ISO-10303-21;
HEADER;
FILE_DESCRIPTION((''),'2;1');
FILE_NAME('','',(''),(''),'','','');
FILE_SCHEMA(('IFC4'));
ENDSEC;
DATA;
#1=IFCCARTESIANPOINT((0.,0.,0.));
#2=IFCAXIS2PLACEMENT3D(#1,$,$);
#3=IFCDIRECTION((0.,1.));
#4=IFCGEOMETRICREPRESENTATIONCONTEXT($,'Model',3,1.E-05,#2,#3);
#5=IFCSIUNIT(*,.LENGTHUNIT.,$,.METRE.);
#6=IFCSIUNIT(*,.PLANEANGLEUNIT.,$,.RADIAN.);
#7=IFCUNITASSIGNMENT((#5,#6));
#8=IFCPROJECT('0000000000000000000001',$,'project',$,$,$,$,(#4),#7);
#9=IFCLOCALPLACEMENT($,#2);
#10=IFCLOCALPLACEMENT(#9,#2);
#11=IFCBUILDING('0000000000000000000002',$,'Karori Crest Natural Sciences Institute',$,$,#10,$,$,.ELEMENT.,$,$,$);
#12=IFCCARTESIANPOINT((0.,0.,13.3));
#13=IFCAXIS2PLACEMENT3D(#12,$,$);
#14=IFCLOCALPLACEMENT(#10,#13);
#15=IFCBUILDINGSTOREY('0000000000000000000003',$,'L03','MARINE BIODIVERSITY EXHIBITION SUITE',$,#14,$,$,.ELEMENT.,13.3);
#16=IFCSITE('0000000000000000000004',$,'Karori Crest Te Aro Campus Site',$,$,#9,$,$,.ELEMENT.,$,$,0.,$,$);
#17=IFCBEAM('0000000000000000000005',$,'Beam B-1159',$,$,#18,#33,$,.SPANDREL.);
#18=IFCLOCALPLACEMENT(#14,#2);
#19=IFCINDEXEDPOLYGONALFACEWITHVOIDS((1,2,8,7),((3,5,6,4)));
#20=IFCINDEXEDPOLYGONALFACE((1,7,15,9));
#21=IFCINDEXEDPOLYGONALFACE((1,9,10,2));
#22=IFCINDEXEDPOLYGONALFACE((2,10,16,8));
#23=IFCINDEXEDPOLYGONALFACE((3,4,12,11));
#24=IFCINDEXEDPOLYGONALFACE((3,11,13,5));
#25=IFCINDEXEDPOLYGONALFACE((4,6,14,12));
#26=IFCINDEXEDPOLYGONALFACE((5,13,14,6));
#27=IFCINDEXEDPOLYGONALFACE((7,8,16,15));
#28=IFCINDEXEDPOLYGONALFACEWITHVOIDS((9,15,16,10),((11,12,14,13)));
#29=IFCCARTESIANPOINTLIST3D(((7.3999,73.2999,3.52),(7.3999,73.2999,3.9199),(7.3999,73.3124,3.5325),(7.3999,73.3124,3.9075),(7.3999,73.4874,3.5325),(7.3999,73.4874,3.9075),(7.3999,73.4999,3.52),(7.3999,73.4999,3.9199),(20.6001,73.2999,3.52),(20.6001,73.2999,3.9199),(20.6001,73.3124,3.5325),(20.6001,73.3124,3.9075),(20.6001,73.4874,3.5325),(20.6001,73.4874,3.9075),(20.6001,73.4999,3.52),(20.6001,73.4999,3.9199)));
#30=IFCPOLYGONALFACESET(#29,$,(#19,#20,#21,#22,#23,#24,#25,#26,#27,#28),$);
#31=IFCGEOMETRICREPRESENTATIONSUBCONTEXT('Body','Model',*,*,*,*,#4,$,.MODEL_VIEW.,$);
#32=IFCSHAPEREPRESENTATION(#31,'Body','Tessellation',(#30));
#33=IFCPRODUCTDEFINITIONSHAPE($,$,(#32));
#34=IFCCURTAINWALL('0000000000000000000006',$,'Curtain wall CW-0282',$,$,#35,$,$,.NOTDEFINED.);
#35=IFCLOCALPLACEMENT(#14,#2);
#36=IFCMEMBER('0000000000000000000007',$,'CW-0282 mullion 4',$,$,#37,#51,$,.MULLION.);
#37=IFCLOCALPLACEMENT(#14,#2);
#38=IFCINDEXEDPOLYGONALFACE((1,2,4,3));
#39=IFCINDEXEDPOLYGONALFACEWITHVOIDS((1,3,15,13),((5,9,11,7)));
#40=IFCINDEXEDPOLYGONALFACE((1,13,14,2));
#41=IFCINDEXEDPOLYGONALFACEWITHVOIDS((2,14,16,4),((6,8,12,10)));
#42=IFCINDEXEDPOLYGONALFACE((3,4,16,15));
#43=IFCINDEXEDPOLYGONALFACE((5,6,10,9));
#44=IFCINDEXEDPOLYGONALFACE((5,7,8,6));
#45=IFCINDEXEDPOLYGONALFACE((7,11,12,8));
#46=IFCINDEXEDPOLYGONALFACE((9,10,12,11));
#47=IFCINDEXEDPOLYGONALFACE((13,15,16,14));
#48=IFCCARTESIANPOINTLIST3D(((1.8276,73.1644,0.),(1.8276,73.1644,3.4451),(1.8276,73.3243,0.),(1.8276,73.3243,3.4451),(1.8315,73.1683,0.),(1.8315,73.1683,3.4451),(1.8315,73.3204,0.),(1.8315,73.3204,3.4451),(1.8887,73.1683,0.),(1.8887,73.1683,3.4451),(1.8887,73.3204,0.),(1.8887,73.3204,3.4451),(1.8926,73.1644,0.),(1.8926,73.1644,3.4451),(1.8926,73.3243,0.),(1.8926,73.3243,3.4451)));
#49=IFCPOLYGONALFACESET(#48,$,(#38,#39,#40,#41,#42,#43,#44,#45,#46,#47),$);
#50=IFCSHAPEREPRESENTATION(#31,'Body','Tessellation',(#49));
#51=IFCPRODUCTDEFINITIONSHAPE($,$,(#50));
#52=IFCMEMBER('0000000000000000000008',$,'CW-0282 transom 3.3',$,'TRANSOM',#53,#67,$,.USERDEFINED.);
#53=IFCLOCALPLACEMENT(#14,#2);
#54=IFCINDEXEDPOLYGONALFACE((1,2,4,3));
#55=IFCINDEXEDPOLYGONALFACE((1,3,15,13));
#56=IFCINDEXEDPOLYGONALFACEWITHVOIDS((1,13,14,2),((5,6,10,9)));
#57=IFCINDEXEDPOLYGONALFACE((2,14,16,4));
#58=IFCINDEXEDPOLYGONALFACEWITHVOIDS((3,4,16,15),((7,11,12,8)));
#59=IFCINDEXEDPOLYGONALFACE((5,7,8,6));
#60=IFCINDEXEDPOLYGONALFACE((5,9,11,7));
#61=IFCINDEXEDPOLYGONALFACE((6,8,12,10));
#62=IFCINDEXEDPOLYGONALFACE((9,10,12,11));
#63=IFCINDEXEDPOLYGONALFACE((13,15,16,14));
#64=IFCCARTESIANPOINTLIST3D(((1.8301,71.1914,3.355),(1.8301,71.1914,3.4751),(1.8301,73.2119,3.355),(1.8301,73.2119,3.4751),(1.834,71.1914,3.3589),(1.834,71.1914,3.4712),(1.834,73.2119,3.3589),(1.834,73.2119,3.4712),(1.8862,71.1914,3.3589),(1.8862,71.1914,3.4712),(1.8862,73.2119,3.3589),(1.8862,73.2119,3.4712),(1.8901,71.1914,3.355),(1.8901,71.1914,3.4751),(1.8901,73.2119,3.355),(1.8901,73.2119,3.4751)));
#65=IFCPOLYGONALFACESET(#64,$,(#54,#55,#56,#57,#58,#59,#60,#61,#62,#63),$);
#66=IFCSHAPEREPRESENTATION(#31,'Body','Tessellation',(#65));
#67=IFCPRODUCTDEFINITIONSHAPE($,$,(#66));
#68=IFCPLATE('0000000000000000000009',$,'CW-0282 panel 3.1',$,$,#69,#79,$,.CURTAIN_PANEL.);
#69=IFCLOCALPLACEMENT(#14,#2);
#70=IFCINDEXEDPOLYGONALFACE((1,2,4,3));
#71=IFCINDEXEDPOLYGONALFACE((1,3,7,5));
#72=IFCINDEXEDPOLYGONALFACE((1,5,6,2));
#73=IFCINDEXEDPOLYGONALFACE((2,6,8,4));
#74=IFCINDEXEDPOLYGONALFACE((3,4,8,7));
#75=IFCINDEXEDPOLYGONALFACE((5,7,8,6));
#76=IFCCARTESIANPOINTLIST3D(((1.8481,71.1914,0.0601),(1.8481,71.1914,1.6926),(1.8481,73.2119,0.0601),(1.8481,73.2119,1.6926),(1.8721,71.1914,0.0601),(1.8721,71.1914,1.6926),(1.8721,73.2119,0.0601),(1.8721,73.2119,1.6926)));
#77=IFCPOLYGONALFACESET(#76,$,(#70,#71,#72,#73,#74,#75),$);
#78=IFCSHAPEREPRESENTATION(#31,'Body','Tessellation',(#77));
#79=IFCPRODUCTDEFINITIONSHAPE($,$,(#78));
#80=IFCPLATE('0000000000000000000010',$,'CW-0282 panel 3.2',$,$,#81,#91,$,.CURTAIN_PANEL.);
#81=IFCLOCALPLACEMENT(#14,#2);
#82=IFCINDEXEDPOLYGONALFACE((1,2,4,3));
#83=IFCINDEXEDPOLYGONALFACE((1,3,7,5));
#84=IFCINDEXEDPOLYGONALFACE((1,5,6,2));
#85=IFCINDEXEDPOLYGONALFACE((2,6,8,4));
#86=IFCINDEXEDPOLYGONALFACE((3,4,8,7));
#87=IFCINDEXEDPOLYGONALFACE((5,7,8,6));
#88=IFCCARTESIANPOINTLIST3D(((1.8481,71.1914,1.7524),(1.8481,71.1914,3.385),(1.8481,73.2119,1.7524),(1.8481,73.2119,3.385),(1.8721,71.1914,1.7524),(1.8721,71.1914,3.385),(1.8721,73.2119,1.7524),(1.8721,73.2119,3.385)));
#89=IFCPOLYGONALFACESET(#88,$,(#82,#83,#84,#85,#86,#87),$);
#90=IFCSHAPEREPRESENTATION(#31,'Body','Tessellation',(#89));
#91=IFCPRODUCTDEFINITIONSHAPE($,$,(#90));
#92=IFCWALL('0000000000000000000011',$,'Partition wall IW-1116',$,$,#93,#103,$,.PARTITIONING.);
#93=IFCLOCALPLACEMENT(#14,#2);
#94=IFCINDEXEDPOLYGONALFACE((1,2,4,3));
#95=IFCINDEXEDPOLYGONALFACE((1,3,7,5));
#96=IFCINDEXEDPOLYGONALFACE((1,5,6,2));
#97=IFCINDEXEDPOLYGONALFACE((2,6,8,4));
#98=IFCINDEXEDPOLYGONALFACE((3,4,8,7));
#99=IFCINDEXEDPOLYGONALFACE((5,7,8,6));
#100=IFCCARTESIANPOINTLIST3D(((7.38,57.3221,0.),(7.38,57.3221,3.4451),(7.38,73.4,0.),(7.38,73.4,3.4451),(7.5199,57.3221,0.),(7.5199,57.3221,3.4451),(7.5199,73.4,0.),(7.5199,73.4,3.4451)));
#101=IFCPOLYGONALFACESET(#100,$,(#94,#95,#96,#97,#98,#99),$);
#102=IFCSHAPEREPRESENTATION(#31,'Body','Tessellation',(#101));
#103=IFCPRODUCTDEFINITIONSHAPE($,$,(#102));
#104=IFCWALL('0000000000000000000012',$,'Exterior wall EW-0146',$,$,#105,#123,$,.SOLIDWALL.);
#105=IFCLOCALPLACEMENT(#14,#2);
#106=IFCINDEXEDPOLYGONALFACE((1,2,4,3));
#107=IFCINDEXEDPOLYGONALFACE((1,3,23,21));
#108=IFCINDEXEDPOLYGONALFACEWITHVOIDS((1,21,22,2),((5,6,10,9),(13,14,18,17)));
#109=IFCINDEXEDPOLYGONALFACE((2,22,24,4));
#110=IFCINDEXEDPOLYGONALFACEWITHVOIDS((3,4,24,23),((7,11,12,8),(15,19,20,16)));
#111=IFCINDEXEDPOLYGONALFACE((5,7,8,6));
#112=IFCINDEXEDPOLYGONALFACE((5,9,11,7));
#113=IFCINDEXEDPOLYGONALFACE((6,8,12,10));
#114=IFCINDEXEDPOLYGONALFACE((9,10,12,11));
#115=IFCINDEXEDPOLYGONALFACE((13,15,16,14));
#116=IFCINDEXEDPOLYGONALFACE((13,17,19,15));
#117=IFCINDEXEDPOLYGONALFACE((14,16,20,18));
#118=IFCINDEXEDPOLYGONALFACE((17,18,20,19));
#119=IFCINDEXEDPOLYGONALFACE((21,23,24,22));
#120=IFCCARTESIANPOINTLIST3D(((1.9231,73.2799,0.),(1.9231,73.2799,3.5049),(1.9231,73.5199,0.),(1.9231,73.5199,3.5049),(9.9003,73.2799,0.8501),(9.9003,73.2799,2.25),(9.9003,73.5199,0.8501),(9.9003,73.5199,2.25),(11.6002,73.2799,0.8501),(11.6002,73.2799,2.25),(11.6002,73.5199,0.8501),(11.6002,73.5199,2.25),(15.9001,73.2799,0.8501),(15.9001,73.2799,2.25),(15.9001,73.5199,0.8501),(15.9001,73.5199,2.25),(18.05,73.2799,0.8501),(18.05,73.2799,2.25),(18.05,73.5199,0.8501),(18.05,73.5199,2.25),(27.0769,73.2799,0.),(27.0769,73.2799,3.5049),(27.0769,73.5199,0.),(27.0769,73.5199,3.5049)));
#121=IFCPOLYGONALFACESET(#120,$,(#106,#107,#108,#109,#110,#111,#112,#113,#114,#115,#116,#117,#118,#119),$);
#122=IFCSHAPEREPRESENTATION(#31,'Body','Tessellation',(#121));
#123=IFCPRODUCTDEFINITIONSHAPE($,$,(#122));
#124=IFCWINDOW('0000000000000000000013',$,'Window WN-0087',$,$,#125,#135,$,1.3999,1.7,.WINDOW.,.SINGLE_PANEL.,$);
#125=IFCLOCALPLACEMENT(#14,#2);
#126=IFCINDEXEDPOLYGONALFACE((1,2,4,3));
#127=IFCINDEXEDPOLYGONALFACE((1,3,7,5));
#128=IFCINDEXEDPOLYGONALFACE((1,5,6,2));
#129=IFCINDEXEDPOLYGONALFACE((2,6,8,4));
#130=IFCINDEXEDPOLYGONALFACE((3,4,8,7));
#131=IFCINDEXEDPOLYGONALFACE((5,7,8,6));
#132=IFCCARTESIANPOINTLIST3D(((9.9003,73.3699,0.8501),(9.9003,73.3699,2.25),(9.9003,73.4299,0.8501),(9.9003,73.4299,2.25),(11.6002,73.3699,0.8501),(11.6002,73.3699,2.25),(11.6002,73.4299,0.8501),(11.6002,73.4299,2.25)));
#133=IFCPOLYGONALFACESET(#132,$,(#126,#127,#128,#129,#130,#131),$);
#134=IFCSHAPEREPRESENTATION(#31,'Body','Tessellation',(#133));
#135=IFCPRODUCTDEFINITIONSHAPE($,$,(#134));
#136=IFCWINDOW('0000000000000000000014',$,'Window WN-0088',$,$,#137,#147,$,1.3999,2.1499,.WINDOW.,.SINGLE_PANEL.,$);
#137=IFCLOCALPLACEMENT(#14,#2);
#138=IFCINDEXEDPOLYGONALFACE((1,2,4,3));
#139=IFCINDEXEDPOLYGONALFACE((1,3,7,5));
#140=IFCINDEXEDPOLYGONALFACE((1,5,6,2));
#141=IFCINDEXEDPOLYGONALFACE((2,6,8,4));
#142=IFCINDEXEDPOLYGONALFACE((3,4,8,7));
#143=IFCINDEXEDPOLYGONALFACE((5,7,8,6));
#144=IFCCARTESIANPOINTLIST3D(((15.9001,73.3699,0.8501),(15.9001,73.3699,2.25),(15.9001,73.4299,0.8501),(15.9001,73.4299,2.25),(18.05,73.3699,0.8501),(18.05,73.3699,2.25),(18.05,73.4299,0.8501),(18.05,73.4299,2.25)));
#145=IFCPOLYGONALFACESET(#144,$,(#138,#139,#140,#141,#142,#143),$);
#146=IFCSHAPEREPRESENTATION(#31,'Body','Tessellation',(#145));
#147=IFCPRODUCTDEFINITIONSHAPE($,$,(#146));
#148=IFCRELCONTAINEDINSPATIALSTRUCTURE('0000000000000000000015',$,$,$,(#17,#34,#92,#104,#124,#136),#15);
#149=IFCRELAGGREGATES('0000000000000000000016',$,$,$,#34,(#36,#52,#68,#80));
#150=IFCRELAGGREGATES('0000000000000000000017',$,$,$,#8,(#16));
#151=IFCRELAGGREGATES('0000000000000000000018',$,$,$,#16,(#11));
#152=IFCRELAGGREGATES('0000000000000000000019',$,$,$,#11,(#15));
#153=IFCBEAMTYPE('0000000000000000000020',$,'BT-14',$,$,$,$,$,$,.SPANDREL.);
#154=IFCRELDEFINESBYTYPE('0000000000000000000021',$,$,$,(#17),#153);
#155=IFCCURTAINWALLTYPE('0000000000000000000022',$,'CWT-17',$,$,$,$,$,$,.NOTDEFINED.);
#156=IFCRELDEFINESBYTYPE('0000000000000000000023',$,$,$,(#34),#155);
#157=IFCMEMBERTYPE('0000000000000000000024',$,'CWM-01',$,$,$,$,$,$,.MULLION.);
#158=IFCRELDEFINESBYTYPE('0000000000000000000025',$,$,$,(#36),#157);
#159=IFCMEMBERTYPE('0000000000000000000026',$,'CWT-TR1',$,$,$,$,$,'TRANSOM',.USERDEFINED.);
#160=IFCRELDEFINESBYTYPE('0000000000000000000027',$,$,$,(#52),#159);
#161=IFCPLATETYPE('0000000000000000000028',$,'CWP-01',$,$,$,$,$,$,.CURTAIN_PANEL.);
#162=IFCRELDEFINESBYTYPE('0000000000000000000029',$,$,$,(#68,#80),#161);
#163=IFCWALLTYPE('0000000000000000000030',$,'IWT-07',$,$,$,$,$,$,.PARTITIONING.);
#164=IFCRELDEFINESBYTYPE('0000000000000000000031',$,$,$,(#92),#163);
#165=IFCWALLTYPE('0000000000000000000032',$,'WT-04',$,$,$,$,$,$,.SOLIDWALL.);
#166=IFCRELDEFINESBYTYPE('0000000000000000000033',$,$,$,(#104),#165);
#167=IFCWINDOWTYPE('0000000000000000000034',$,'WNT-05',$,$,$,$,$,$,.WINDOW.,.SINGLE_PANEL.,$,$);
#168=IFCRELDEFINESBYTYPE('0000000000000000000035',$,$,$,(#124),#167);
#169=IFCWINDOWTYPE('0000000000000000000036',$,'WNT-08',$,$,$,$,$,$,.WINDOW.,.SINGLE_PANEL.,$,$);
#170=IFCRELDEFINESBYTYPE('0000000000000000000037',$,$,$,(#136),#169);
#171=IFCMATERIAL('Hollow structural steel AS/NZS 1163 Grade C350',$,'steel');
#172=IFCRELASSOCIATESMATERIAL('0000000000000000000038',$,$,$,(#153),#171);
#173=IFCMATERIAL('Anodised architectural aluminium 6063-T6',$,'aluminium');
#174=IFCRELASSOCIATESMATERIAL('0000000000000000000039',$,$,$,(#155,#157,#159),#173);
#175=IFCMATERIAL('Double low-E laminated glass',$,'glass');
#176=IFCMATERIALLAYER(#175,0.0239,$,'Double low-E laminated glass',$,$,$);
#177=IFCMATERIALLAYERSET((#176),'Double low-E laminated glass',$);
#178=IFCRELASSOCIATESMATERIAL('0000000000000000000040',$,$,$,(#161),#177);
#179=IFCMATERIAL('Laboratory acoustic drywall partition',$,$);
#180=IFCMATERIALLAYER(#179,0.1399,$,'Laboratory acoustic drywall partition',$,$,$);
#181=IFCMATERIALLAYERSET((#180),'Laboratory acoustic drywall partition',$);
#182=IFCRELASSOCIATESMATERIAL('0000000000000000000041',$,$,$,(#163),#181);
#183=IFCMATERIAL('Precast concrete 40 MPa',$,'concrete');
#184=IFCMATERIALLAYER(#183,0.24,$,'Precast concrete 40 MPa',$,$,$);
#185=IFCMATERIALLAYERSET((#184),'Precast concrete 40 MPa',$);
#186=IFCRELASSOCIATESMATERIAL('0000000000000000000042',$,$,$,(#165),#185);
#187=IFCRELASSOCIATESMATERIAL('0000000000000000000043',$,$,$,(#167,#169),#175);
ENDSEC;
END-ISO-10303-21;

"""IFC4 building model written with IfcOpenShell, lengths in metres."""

from ifc_helpers import new_model, si_unit, direction, frame, frame_2d, origin, origin_2d, place, context, subcontext, project, spatial, rectangle, hollow_rectangle, extrude, material, layer, layer_set, material_profile, profile_set, type_object, element, fill, aggregate, save


model = new_model("IFC4")

# Units and contexts
model_context = context("Model", 3, precision=1e-05, world=origin(), true_north=direction((0.0, 1.0)))
body_context = subcontext(model_context, "Body", "Model", "MODEL_VIEW")
ifc_project = project(units=[si_unit("LENGTHUNIT", "METRE"), si_unit("PLANEANGLEUNIT", "RADIAN")], contexts=[model_context])

# Site, building, storey
site_placement = place(None, origin())
site = spatial("IfcSite", under=ifc_project, at=site_placement, Name="Karori Crest Te Aro Campus Site", CompositionType="ELEMENT", RefElevation=0.0)
building_placement = place(site_placement, origin())
building = spatial("IfcBuilding", under=site, at=building_placement, Name="Karori Crest Natural Sciences Institute", CompositionType="ELEMENT")
storey_placement = place(building_placement, frame((0.0, 0.0, 13.3)))
storey = spatial("IfcBuildingStorey", under=building, at=storey_placement, Name="L03", Description="MARINE BIODIVERSITY EXHIBITION SUITE", CompositionType="ELEMENT", Elevation=13.3)

# Shared definitions
ifc_material_1 = material(Name="Hollow structural steel AS/NZS 1163 Grade C350", Category="steel")

# Beam
ifc_material_profile_1 = material_profile(ifc_material_1, hollow_rectangle(XDim=0.2, YDim=0.3999, WallThickness=0.0125, at=origin_2d()), Name="RHS400x200x12.5")
ifc_profile_set_1 = profile_set([ifc_material_profile_1], Name="Hollow structural steel AS/NZS 1163 Grade C350")
beam_type_1 = type_object("IfcBeamType", Name="BT-14", PredefinedType="SPANDREL", material=ifc_profile_set_1)
beam_1_placement = place(storey_placement, frame((7.3999, 73.3999, 3.72), z_axis=(1.0, 0.0, 0.0), x_axis=(0.0, 1.0, 0.0)))
element("IfcBeam", 1, at=beam_1_placement, inside=storey, type_object=beam_type_1, Name="Beam B-1159", PredefinedType="SPANDREL", context=body_context, shape_type="SweptSolid", body=[
    extrude(hollow_rectangle(XDim=0.2, YDim=0.3999, WallThickness=0.0125, at=origin_2d()), origin(), (0.0, 0.0, 1.0), 13.2002),
])

# Curtain wall, members, plates
ifc_material_2 = material(Name="Anodised architectural aluminium 6063-T6", Category="aluminium")
curtain_wall_type = type_object("IfcCurtainWallType", Name="CWT-17", PredefinedType="NOTDEFINED", material=ifc_material_2)
curtain_wall_placement = place(storey_placement, origin())
curtain_wall = element("IfcCurtainWall", 2, at=curtain_wall_placement, inside=storey, type_object=curtain_wall_type, Name="Curtain wall CW-0282", PredefinedType="NOTDEFINED")
ifc_material_profile_2 = material_profile(ifc_material_2, hollow_rectangle(XDim=0.0649, YDim=0.1599, WallThickness=0.0039, at=origin_2d()), Name="CWM160x65x4")
ifc_profile_set_2 = profile_set([ifc_material_profile_2], Name="Anodised architectural aluminium 6063-T6")
member_type_1 = type_object("IfcMemberType", Name="CWM-01", PredefinedType="MULLION", material=ifc_profile_set_2)
member_1_placement = place(storey_placement, frame((1.8601, 73.2444, 0.0), z_axis=(0.0, 0.0, 1.0), x_axis=(-1.0, 0.0, 0.0)))
member_1 = element("IfcMember", 3, at=member_1_placement, type_object=member_type_1, Name="CW-0282 mullion 4", PredefinedType="MULLION", context=body_context, shape_type="SweptSolid", body=[
    extrude(hollow_rectangle(XDim=0.0649, YDim=0.1599, WallThickness=0.0039, at=origin_2d()), origin(), (0.0, 0.0, 1.0), 3.4451),
])
ifc_material_profile_3 = material_profile(ifc_material_2, hollow_rectangle(XDim=0.0601, YDim=0.1201, WallThickness=0.0039, at=origin_2d()), Name="CWT120x60x4")
ifc_profile_set_3 = profile_set([ifc_material_profile_3], Name="Anodised architectural aluminium 6063-T6")
member_type_2 = type_object("IfcMemberType", Name="CWT-TR1", ElementType="TRANSOM", PredefinedType="USERDEFINED", material=ifc_profile_set_3)
member_2_placement = place(storey_placement, frame((1.8601, 71.1914, 3.415), z_axis=(0.0, 1.0, 0.0), x_axis=(-1.0, 0.0, 0.0)))
member_2 = element("IfcMember", 4, at=member_2_placement, type_object=member_type_2, Name="CW-0282 transom 3.3", ObjectType="TRANSOM", PredefinedType="USERDEFINED", context=body_context, shape_type="SweptSolid", body=[
    extrude(hollow_rectangle(XDim=0.0601, YDim=0.1201, WallThickness=0.0039, at=origin_2d()), origin(), (0.0, 0.0, 1.0), 2.0205),
])
ifc_material_3 = material(Name="Double low-E laminated glass", Category="glass")
ifc_layer_1 = layer(ifc_material_3, 0.0239, Name="Double low-E laminated glass")
ifc_layer_set_1 = layer_set([ifc_layer_1], Name="Double low-E laminated glass")
plate_type = type_object("IfcPlateType", Name="CWP-01", PredefinedType="CURTAIN_PANEL", material=ifc_layer_set_1)
plate_1_placement = place(storey_placement, frame((1.8601, 72.2017, 0.0601), z_axis=(0.0, 0.0, 1.0), x_axis=(0.0, 1.0, 0.0)))
plate_1 = element("IfcPlate", 5, at=plate_1_placement, type_object=plate_type, Name="CW-0282 panel 3.1", PredefinedType="CURTAIN_PANEL", context=body_context, shape_type="SweptSolid", body=[
    extrude(rectangle(XDim=2.0205, YDim=0.0239, at=origin_2d()), origin(), (0.0, 0.0, 1.0), 1.6326),
])
plate_2_placement = place(storey_placement, frame((1.8601, 72.2017, 1.7524), z_axis=(0.0, 0.0, 1.0), x_axis=(0.0, 1.0, 0.0)))
plate_2 = element("IfcPlate", 6, at=plate_2_placement, type_object=plate_type, Name="CW-0282 panel 3.2", PredefinedType="CURTAIN_PANEL", context=body_context, shape_type="SweptSolid", body=[
    extrude(rectangle(XDim=2.0205, YDim=0.0239, at=origin_2d()), origin(), (0.0, 0.0, 1.0), 1.6326),
])
aggregate(curtain_wall, [member_1, member_2, plate_1, plate_2])

# Wall
ifc_material_4 = material(Name="Laboratory acoustic drywall partition")
ifc_layer_2 = layer(ifc_material_4, 0.1399, Name="Laboratory acoustic drywall partition")
ifc_layer_set_2 = layer_set([ifc_layer_2], Name="Laboratory acoustic drywall partition")
wall_type_1 = type_object("IfcWallType", Name="IWT-07", PredefinedType="PARTITIONING", material=ifc_layer_set_2)
wall_1_placement = place(storey_placement, frame((7.45, 57.322, 0.0), z_axis=(0.0, 0.0, 1.0), x_axis=(0.0, 1.0, 0.0)))
element("IfcWall", 7, at=wall_1_placement, inside=storey, type_object=wall_type_1, Name="Partition wall IW-1116", PredefinedType="PARTITIONING", context=body_context, shape_type="SweptSolid", body=[
    extrude(rectangle(XDim=16.0779, YDim=0.1399, at=frame_2d((8.0391, 0.0))), origin(), (0.0, 0.0, 1.0), 3.4451),
])

# Wall, openings, windows
ifc_material_5 = material(Name="Precast concrete 40 MPa", Category="concrete")
ifc_layer_3 = layer(ifc_material_5, 0.24, Name="Precast concrete 40 MPa")
ifc_layer_set_3 = layer_set([ifc_layer_3], Name="Precast concrete 40 MPa")
wall_type_2 = type_object("IfcWallType", Name="WT-04", PredefinedType="SOLIDWALL", material=ifc_layer_set_3)
wall_2_placement = place(storey_placement, frame((1.9231, 73.3999, 0.0), z_axis=(0.0, 0.0, 1.0), x_axis=(1.0, 0.0, 0.0)))
wall_2 = element("IfcWall", 8, at=wall_2_placement, inside=storey, type_object=wall_type_2, Name="Exterior wall EW-0146", PredefinedType="SOLIDWALL", context=body_context, shape_type="SweptSolid", body=[
    extrude(rectangle(XDim=25.1538, YDim=0.24, at=frame_2d((12.5769, 0.0))), origin(), (0.0, 0.0, 1.0), 3.5049),
])
opening_1_placement = place(wall_2_placement, frame((7.9771, 0.0, 0.8501)))
opening_1 = element("IfcOpeningElement", 9, at=opening_1_placement, cuts=wall_2, PredefinedType="OPENING", context=body_context, shape_type="SweptSolid", body=[
    extrude(rectangle(XDim=1.7, YDim=1.3999, at=frame_2d((0.8501, 0.7))), frame((0.0, 0.1299, 0.0), z_axis=(0.0, -1.0, 0.0), x_axis=(1.0, 0.0, 0.0)), (0.0, 0.0, 1.0), 0.26),
])
opening_2_placement = place(wall_2_placement, frame((13.9771, 0.0, 0.8501)))
opening_2 = element("IfcOpeningElement", 10, at=opening_2_placement, cuts=wall_2, PredefinedType="OPENING", context=body_context, shape_type="SweptSolid", body=[
    extrude(rectangle(XDim=2.1499, YDim=1.3999, at=frame_2d((1.075, 0.7))), frame((0.0, 0.1299, 0.0), z_axis=(0.0, -1.0, 0.0), x_axis=(1.0, 0.0, 0.0)), (0.0, 0.0, 1.0), 0.26),
])
window_type_1 = type_object("IfcWindowType", Name="WNT-05", PartitioningType="SINGLE_PANEL", PredefinedType="WINDOW", material=ifc_material_3)
window_1_placement = place(opening_1_placement, origin())
window_1 = element("IfcWindow", 11, at=window_1_placement, inside=storey, type_object=window_type_1, Name="Window WN-0087", OverallHeight=1.3999, OverallWidth=1.7, PartitioningType="SINGLE_PANEL", PredefinedType="WINDOW", context=body_context, shape_type="SweptSolid", body=[
    extrude(rectangle(XDim=1.7, YDim=1.3999, at=frame_2d((0.8501, 0.7))), frame((0.0, 0.03, 0.0), z_axis=(0.0, -1.0, 0.0), x_axis=(1.0, 0.0, 0.0)), (0.0, 0.0, 1.0), 0.0601),
])
fill(opening_1, window_1)
window_type_2 = type_object("IfcWindowType", Name="WNT-08", PartitioningType="SINGLE_PANEL", PredefinedType="WINDOW", material=ifc_material_3)
window_2_placement = place(opening_2_placement, origin())
window_2 = element("IfcWindow", 12, at=window_2_placement, inside=storey, type_object=window_type_2, Name="Window WN-0088", OverallHeight=1.3999, OverallWidth=2.1499, PartitioningType="SINGLE_PANEL", PredefinedType="WINDOW", context=body_context, shape_type="SweptSolid", body=[
    extrude(rectangle(XDim=2.1499, YDim=1.3999, at=frame_2d((1.075, 0.7))), frame((0.0, 0.03, 0.0), z_axis=(0.0, -1.0, 0.0), x_axis=(1.0, 0.0, 0.0)), (0.0, 0.0, 1.0), 0.0601),
])
fill(opening_2, window_2)

save(model, "model.ifc")
